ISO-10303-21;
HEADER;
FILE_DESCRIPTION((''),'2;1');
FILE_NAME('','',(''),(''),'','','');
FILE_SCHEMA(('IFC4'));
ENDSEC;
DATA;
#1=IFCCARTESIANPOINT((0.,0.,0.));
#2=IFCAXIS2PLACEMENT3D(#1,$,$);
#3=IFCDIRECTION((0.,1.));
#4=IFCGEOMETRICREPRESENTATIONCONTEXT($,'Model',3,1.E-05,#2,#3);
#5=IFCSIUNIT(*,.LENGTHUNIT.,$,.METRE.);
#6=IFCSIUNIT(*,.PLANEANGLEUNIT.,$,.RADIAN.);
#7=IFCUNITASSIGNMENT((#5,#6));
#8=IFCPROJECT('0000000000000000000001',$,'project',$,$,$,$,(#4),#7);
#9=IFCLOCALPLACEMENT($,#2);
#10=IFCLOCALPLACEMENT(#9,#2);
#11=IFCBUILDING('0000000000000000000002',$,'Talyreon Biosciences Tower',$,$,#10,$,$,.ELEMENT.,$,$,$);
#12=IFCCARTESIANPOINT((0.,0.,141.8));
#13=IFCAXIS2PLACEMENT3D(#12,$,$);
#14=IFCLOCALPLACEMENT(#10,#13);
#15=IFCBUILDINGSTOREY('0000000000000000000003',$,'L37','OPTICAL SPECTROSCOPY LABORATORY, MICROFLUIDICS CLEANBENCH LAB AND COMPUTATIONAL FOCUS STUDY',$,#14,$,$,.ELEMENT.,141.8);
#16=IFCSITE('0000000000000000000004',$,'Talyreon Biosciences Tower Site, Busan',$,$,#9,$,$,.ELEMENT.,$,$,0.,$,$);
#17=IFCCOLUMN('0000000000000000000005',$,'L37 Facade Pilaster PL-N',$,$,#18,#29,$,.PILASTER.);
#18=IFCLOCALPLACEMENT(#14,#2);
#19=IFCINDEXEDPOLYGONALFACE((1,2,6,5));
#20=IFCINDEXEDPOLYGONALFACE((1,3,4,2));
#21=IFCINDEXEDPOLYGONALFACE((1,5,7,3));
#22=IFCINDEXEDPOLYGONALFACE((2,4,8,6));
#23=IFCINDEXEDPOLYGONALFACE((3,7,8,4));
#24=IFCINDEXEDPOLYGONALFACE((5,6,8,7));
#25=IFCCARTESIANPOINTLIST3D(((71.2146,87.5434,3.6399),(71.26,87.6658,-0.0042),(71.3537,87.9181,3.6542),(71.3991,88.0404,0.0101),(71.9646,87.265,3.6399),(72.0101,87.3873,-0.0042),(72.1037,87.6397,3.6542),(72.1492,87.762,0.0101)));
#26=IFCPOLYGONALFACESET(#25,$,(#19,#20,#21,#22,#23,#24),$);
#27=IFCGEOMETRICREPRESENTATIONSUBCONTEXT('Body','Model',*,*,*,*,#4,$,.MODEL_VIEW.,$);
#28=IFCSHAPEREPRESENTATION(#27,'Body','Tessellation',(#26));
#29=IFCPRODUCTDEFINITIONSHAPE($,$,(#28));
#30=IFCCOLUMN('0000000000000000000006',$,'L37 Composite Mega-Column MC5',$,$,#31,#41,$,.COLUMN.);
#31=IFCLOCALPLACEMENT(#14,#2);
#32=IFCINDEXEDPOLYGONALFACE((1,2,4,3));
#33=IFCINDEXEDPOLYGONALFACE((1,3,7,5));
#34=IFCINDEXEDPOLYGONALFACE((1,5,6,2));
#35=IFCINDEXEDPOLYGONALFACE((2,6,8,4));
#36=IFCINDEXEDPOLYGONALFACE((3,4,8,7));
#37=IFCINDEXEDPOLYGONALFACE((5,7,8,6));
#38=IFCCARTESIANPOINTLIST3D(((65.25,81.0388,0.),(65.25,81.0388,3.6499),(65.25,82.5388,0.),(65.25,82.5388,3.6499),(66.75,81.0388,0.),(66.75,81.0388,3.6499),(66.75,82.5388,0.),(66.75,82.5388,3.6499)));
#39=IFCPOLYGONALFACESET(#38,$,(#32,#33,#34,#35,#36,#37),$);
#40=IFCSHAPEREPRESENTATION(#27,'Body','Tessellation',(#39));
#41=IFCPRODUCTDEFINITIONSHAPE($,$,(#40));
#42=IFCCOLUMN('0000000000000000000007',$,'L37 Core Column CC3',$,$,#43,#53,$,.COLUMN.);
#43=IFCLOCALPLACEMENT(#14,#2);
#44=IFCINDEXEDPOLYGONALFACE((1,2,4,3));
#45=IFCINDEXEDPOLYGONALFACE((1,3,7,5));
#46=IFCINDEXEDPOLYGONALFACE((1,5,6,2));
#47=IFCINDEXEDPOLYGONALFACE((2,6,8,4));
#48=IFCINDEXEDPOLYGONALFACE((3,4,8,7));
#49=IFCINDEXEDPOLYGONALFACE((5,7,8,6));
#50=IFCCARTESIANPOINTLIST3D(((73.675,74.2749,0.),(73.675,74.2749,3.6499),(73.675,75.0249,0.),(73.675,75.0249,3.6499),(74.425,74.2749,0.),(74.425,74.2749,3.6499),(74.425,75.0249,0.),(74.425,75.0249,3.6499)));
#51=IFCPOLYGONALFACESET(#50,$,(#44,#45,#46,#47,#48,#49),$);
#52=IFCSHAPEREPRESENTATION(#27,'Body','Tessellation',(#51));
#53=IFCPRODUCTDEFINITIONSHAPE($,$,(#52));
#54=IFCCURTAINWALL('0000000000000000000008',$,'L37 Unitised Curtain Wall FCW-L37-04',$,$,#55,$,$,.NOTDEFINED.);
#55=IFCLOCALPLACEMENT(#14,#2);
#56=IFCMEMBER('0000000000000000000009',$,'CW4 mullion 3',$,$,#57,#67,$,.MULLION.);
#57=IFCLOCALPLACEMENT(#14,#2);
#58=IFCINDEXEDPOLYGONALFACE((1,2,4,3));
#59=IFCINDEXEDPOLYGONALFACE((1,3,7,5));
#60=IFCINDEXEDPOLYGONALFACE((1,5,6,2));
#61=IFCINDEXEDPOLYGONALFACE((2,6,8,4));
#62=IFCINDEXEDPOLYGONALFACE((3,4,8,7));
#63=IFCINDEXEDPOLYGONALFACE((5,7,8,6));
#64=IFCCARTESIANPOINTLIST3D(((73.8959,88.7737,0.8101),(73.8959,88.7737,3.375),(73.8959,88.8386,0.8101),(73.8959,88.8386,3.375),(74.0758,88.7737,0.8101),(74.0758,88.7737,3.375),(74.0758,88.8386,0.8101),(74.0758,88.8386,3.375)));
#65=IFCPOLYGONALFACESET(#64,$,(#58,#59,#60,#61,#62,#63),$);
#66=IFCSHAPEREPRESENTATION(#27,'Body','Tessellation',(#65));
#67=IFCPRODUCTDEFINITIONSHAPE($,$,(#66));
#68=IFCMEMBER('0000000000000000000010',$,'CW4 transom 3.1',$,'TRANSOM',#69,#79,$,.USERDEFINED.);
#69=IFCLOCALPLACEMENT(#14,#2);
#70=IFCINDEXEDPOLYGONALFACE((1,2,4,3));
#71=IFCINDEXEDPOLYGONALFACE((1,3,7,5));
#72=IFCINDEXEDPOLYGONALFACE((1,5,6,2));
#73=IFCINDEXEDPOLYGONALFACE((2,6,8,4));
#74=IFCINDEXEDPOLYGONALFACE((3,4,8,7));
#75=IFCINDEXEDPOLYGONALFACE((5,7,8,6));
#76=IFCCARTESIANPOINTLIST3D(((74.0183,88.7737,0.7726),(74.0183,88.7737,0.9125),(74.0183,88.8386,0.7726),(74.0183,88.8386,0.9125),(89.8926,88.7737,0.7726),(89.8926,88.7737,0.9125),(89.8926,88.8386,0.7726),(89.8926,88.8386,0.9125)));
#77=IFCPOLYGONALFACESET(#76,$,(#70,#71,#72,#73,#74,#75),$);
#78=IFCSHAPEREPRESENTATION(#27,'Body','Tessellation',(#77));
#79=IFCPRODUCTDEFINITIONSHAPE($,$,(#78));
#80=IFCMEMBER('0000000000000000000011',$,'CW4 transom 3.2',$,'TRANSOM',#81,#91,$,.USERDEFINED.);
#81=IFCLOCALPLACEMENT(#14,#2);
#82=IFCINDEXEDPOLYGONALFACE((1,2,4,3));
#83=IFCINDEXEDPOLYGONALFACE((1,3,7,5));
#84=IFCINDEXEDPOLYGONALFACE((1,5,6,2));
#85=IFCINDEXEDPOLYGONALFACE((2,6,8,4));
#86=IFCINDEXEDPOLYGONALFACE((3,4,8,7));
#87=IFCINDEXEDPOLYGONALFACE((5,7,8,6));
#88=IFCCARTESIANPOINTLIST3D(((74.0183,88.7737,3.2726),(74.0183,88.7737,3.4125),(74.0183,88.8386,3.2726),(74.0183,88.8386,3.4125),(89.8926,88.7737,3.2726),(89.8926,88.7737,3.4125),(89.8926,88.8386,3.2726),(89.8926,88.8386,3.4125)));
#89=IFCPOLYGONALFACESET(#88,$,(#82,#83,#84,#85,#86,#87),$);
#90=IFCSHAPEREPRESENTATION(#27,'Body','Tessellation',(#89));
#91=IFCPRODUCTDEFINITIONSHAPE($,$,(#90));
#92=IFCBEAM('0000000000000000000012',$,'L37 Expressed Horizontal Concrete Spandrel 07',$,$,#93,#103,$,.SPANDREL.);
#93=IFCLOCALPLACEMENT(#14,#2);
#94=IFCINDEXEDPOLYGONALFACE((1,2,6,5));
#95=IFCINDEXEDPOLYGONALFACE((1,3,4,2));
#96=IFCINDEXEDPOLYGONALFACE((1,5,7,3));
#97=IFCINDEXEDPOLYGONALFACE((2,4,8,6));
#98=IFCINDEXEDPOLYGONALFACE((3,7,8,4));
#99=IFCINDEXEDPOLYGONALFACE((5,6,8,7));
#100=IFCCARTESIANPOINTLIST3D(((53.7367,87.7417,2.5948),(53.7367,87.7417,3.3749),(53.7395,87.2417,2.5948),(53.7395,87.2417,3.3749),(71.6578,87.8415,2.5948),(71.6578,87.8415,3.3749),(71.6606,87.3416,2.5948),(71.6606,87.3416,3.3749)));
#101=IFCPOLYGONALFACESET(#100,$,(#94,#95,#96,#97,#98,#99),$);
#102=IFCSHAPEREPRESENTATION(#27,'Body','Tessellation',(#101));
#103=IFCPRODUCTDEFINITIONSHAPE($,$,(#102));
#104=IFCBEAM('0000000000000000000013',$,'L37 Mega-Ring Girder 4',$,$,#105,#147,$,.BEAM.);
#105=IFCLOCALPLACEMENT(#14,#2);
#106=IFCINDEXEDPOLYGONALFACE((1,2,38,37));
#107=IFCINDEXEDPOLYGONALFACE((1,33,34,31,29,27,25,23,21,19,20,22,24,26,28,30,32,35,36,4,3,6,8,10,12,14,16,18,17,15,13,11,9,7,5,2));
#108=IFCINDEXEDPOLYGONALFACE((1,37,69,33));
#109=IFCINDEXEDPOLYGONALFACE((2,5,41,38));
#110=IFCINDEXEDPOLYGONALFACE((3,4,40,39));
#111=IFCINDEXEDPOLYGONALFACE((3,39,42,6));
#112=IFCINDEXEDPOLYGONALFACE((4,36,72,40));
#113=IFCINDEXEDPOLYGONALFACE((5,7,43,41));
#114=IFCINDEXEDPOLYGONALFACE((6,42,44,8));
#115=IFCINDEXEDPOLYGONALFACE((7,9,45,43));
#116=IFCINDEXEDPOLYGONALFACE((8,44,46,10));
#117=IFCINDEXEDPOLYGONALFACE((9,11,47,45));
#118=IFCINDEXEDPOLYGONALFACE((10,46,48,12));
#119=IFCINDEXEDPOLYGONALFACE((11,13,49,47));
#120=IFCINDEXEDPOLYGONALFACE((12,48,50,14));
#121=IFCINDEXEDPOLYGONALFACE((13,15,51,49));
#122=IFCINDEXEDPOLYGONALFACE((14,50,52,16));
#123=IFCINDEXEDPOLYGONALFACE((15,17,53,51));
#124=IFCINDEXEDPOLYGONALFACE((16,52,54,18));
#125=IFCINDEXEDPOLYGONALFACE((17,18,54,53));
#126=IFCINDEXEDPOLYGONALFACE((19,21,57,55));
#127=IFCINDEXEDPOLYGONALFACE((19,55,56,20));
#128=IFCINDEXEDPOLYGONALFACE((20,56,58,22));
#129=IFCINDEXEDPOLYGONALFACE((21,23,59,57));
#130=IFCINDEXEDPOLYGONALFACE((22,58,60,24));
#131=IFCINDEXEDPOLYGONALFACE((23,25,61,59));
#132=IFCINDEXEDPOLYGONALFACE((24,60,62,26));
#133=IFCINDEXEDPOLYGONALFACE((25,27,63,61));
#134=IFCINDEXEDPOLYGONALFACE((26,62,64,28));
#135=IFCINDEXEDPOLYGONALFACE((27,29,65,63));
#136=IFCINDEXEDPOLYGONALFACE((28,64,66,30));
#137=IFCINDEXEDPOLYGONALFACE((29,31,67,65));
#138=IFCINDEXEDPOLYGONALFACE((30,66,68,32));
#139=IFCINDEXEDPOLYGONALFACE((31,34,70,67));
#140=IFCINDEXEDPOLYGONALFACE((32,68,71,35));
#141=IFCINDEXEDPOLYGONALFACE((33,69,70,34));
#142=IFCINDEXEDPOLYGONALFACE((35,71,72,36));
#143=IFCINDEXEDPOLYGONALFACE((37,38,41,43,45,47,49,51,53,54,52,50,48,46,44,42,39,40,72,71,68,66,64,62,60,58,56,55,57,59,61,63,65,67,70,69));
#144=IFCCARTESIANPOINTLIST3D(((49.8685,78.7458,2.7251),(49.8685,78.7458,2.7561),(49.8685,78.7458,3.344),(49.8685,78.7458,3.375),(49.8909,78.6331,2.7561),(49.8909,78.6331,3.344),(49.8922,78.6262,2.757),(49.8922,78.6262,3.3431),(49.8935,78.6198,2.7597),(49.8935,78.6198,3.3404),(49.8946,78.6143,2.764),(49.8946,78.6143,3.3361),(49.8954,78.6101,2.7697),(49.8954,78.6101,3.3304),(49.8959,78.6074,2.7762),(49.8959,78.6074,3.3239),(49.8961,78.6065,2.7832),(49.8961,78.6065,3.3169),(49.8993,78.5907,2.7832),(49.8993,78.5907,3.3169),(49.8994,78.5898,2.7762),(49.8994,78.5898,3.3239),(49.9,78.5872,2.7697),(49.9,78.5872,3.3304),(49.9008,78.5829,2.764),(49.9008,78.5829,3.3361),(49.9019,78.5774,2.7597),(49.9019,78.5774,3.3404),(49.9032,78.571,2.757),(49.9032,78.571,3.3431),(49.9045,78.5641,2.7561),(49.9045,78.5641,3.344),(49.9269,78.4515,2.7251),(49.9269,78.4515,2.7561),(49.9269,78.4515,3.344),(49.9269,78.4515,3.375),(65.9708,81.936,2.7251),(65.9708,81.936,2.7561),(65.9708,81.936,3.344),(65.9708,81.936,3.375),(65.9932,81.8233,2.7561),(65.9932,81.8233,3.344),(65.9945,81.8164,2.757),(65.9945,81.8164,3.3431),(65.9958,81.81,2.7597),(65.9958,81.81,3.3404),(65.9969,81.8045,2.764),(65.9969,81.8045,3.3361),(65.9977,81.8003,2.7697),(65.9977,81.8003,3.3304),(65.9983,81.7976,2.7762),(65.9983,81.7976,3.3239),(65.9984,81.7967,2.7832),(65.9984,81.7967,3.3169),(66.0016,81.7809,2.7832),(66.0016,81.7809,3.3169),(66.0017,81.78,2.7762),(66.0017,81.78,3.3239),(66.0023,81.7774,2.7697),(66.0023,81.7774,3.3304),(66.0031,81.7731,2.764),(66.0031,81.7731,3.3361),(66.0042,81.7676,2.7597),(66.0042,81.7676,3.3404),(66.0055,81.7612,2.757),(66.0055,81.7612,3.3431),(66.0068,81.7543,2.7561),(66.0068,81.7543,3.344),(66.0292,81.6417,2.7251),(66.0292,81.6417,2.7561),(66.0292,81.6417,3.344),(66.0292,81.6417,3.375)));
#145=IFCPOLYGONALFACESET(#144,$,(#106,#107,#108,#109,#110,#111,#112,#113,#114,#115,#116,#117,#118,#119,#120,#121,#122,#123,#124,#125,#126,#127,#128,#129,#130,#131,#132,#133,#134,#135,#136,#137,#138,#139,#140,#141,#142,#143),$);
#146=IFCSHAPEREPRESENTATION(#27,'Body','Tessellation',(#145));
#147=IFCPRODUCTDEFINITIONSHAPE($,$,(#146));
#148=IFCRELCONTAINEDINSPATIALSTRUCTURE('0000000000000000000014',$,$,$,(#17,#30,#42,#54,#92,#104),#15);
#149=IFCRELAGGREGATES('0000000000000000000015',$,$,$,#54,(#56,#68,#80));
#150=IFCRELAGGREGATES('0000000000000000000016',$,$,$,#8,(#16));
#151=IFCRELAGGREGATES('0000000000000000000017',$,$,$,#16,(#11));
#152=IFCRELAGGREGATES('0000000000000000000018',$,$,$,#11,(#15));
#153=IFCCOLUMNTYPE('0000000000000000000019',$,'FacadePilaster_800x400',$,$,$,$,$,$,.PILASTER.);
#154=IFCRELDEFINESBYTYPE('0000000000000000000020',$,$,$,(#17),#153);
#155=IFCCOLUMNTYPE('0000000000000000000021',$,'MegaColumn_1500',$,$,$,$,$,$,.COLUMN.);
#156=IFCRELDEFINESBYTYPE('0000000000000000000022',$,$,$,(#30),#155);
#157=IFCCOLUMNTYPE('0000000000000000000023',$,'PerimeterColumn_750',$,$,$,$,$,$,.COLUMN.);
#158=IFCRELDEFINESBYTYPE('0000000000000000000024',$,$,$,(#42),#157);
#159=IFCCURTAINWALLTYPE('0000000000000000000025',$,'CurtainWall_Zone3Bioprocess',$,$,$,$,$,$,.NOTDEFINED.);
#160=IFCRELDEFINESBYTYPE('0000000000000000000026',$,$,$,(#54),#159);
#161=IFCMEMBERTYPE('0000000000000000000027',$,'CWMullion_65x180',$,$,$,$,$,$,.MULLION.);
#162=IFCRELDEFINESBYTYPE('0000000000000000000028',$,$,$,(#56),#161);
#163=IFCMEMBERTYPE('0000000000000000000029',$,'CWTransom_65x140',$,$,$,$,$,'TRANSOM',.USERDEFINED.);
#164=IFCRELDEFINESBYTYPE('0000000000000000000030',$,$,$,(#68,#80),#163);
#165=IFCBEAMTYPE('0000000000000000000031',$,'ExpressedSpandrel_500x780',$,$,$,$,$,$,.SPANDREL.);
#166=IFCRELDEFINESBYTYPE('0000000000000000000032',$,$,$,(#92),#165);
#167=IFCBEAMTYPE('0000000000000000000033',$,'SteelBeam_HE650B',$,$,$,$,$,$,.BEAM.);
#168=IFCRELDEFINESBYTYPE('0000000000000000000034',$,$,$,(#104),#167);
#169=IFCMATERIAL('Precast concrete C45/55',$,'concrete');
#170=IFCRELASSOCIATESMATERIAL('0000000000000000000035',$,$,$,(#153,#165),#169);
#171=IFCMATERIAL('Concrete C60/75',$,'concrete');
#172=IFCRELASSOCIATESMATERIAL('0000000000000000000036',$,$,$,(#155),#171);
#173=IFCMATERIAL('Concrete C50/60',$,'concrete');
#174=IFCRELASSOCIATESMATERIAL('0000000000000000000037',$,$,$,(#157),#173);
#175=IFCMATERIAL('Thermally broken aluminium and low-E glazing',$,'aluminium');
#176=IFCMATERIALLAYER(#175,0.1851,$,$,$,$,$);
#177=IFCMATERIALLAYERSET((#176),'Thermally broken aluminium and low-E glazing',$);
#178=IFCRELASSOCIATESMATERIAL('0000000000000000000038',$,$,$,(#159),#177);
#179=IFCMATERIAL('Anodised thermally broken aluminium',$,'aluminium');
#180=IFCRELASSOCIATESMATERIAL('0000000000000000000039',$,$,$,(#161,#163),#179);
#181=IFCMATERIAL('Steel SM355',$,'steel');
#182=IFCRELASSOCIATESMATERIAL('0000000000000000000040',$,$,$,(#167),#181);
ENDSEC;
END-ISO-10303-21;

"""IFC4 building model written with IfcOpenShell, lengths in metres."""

from ifc_helpers import new_model, si_unit, direction, frame, origin, origin_2d, place, context, subcontext, project, spatial, rectangle, i_section, extrude, material, layer, layer_set, material_profile, profile_set, type_object, element, aggregate, save


model = new_model("IFC4")

# Units and contexts
model_context = context("Model", 3, precision=1e-05, world=origin(), true_north=direction((0.0, 1.0)))
body_context = subcontext(model_context, "Body", "Model", "MODEL_VIEW")
ifc_project = project(units=[si_unit("LENGTHUNIT", "METRE"), si_unit("PLANEANGLEUNIT", "RADIAN")], contexts=[model_context])

# Site, building, storey
site_placement = place(None, origin())
site = spatial("IfcSite", under=ifc_project, at=site_placement, Name="Talyreon Biosciences Tower Site, Busan", CompositionType="ELEMENT", RefElevation=0.0)
building_placement = place(site_placement, origin())
building = spatial("IfcBuilding", under=site, at=building_placement, Name="Talyreon Biosciences Tower", CompositionType="ELEMENT")
storey_placement = place(building_placement, frame((0.0, 0.0, 141.8)))
storey = spatial("IfcBuildingStorey", under=building, at=storey_placement, Name="L37", Description="OPTICAL SPECTROSCOPY LABORATORY, MICROFLUIDICS CLEANBENCH LAB AND COMPUTATIONAL FOCUS STUDY", CompositionType="ELEMENT", Elevation=141.8)

# Columns
ifc_material_1 = material(Name="Precast concrete C45/55", Category="concrete")
ifc_material_profile_1 = material_profile(ifc_material_1, rectangle(XDim=0.8, YDim=0.3999, at=origin_2d()), Name="RC 800x400")
ifc_profile_set_1 = profile_set([ifc_material_profile_1], Name="Precast concrete C45/55")
column_type_1 = type_object("IfcColumnType", Name="FacadePilaster_800x400", PredefinedType="PILASTER", material=ifc_profile_set_1)
column_1_placement = place(storey_placement, frame((71.7046, 87.7139, 0.0029), z_axis=(-0.012453, -0.033544, 0.99936), x_axis=(-0.937478, 0.348046, 0.0)))
element("IfcColumn", 1, at=column_1_placement, inside=storey, type_object=column_type_1, Name="L37 Facade Pilaster PL-N", PredefinedType="PILASTER", context=body_context, shape_type="SweptSolid", body=[
    extrude(rectangle(XDim=0.8, YDim=0.3999, at=origin_2d()), origin(), (0.0, 0.0, 1.0), 3.6465),
])
ifc_material_2 = material(Name="Concrete C60/75", Category="concrete")
ifc_material_profile_2 = material_profile(ifc_material_2, rectangle(XDim=1.5, YDim=1.5, at=origin_2d()), Name="RC 1500x1500")
ifc_profile_set_2 = profile_set([ifc_material_profile_2], Name="Concrete C60/75")
column_type_2 = type_object("IfcColumnType", Name="MegaColumn_1500", PredefinedType="COLUMN", material=ifc_profile_set_2)
column_2_placement = place(storey_placement, frame((66.0, 81.7888, 0.0), z_axis=(0.0, 0.0, 1.0), x_axis=(1.0, 0.0, 0.0)))
element("IfcColumn", 2, at=column_2_placement, inside=storey, type_object=column_type_2, Name="L37 Composite Mega-Column MC5", PredefinedType="COLUMN", context=body_context, shape_type="SweptSolid", body=[
    extrude(rectangle(XDim=1.5, YDim=1.5, at=origin_2d()), origin(), (0.0, 0.0, 1.0), 3.6499),
])
ifc_material_3 = material(Name="Concrete C50/60", Category="concrete")
ifc_material_profile_3 = material_profile(ifc_material_3, rectangle(XDim=0.75, YDim=0.75, at=origin_2d()), Name="RC 750x750")
ifc_profile_set_3 = profile_set([ifc_material_profile_3], Name="Concrete C50/60")
column_type_3 = type_object("IfcColumnType", Name="PerimeterColumn_750", PredefinedType="COLUMN", material=ifc_profile_set_3)
column_3_placement = place(storey_placement, frame((74.05, 74.6499, 0.0), z_axis=(0.0, 0.0, 1.0), x_axis=(1.0, 0.0, 0.0)))
element("IfcColumn", 3, at=column_3_placement, inside=storey, type_object=column_type_3, Name="L37 Core Column CC3", PredefinedType="COLUMN", context=body_context, shape_type="SweptSolid", body=[
    extrude(rectangle(XDim=0.75, YDim=0.75, at=origin_2d()), origin(), (0.0, 0.0, 1.0), 3.6499),
])

# Curtain wall, members
ifc_material_4 = material(Name="Thermally broken aluminium and low-E glazing", Category="aluminium")
ifc_layer_1 = layer(ifc_material_4, 0.1851)
ifc_layer_set_1 = layer_set([ifc_layer_1], Name="Thermally broken aluminium and low-E glazing")
curtain_wall_type = type_object("IfcCurtainWallType", Name="CurtainWall_Zone3Bioprocess", PredefinedType="NOTDEFINED", material=ifc_layer_set_1)
curtain_wall_placement = place(storey_placement, origin())
curtain_wall = element("IfcCurtainWall", 4, at=curtain_wall_placement, inside=storey, type_object=curtain_wall_type, Name="L37 Unitised Curtain Wall FCW-L37-04", PredefinedType="NOTDEFINED")
ifc_material_5 = material(Name="Anodised thermally broken aluminium", Category="aluminium")
ifc_material_profile_4 = material_profile(ifc_material_5, rectangle(XDim=0.0649, YDim=0.1799, at=origin_2d()), Name="ALUM MULLION 65x180")
ifc_profile_set_4 = profile_set([ifc_material_profile_4], Name="Anodised thermally broken aluminium")
member_type_1 = type_object("IfcMemberType", Name="CWMullion_65x180", PredefinedType="MULLION", material=ifc_profile_set_4)
member_1_placement = place(storey_placement, frame((73.9858, 88.8062, 0.8101), z_axis=(0.0, 0.0, 1.0), x_axis=(0.0, 1.0, 0.0)))
member_1 = element("IfcMember", 5, at=member_1_placement, type_object=member_type_1, Name="CW4 mullion 3", PredefinedType="MULLION", context=body_context, shape_type="SweptSolid", body=[
    extrude(rectangle(XDim=0.0649, YDim=0.1799, at=origin_2d()), origin(), (0.0, 0.0, 1.0), 2.5649),
])
ifc_material_profile_5 = material_profile(ifc_material_5, rectangle(XDim=0.0649, YDim=0.1399, at=origin_2d()), Name="ALUM TRANSOM 65x140")
ifc_profile_set_5 = profile_set([ifc_material_profile_5], Name="Anodised thermally broken aluminium")
member_type_2 = type_object("IfcMemberType", Name="CWTransom_65x140", ElementType="TRANSOM", PredefinedType="USERDEFINED", material=ifc_profile_set_5)
member_2_placement = place(storey_placement, frame((74.0183, 88.8062, 0.8425), z_axis=(1.0, 0.0, 0.0), x_axis=(0.0, 1.0, 0.0)))
member_2 = element("IfcMember", 6, at=member_2_placement, type_object=member_type_2, Name="CW4 transom 3.1", ObjectType="TRANSOM", PredefinedType="USERDEFINED", context=body_context, shape_type="SweptSolid", body=[
    extrude(rectangle(XDim=0.0649, YDim=0.1399, at=origin_2d()), origin(), (0.0, 0.0, 1.0), 15.8743),
])
member_3_placement = place(storey_placement, frame((74.0183, 88.8062, 3.3425), z_axis=(1.0, 0.0, 0.0), x_axis=(0.0, 1.0, 0.0)))
member_3 = element("IfcMember", 7, at=member_3_placement, type_object=member_type_2, Name="CW4 transom 3.2", ObjectType="TRANSOM", PredefinedType="USERDEFINED", context=body_context, shape_type="SweptSolid", body=[
    extrude(rectangle(XDim=0.0649, YDim=0.1399, at=origin_2d()), origin(), (0.0, 0.0, 1.0), 15.8743),
])

# Beams
ifc_material_profile_6 = material_profile(ifc_material_1, rectangle(XDim=0.5, YDim=0.78, at=origin_2d()), Name="RCB 500x780")
ifc_profile_set_6 = profile_set([ifc_material_profile_6], Name="Precast concrete C45/55")
beam_type_1 = type_object("IfcBeamType", Name="ExpressedSpandrel_500x780", PredefinedType="SPANDREL", material=ifc_profile_set_6)
beam_1_placement = place(storey_placement, frame((71.6592, 87.5916, 2.9849), z_axis=(-0.999984, -0.005572, 0.0), x_axis=(0.005572, -0.999984, 0.0)))
element("IfcBeam", 8, at=beam_1_placement, inside=storey, type_object=beam_type_1, Name="L37 Expressed Horizontal Concrete Spandrel 07", PredefinedType="SPANDREL", context=body_context, shape_type="SweptSolid", body=[
    extrude(rectangle(XDim=0.5, YDim=0.78, at=origin_2d()), origin(), (0.0, 0.0, 1.0), 17.9214),
])
ifc_material_6 = material(Name="Steel SM355", Category="steel")
ifc_material_profile_7 = material_profile(ifc_material_6, i_section(OverallWidth=0.3, OverallDepth=0.6499, WebThickness=0.0161, FlangeThickness=0.031, FilletRadius=0.0271, at=origin_2d()), Name="HE650B")
ifc_profile_set_7 = profile_set([ifc_material_profile_7], Name="Steel SM355")
beam_type_2 = type_object("IfcBeamType", Name="SteelBeam_HE650B", PredefinedType="BEAM", material=ifc_profile_set_7)
beam_2_placement = place(storey_placement, frame((66.0, 81.7888, 3.05), z_axis=(-0.980934, -0.194343, 0.0), x_axis=(0.194343, -0.980934, 0.0)))
element("IfcBeam", 9, at=beam_2_placement, inside=storey, type_object=beam_type_2, Name="L37 Mega-Ring Girder 4", PredefinedType="BEAM", context=body_context, shape_type="SweptSolid", body=[
    extrude(i_section(OverallWidth=0.3, OverallDepth=0.6499, WebThickness=0.0161, FlangeThickness=0.031, FilletRadius=0.0271, at=origin_2d()), origin(), (0.0, 0.0, 1.0), 16.4153),
])

aggregate(curtain_wall, [member_1, member_2, member_3])

save(model, "model.ifc")
